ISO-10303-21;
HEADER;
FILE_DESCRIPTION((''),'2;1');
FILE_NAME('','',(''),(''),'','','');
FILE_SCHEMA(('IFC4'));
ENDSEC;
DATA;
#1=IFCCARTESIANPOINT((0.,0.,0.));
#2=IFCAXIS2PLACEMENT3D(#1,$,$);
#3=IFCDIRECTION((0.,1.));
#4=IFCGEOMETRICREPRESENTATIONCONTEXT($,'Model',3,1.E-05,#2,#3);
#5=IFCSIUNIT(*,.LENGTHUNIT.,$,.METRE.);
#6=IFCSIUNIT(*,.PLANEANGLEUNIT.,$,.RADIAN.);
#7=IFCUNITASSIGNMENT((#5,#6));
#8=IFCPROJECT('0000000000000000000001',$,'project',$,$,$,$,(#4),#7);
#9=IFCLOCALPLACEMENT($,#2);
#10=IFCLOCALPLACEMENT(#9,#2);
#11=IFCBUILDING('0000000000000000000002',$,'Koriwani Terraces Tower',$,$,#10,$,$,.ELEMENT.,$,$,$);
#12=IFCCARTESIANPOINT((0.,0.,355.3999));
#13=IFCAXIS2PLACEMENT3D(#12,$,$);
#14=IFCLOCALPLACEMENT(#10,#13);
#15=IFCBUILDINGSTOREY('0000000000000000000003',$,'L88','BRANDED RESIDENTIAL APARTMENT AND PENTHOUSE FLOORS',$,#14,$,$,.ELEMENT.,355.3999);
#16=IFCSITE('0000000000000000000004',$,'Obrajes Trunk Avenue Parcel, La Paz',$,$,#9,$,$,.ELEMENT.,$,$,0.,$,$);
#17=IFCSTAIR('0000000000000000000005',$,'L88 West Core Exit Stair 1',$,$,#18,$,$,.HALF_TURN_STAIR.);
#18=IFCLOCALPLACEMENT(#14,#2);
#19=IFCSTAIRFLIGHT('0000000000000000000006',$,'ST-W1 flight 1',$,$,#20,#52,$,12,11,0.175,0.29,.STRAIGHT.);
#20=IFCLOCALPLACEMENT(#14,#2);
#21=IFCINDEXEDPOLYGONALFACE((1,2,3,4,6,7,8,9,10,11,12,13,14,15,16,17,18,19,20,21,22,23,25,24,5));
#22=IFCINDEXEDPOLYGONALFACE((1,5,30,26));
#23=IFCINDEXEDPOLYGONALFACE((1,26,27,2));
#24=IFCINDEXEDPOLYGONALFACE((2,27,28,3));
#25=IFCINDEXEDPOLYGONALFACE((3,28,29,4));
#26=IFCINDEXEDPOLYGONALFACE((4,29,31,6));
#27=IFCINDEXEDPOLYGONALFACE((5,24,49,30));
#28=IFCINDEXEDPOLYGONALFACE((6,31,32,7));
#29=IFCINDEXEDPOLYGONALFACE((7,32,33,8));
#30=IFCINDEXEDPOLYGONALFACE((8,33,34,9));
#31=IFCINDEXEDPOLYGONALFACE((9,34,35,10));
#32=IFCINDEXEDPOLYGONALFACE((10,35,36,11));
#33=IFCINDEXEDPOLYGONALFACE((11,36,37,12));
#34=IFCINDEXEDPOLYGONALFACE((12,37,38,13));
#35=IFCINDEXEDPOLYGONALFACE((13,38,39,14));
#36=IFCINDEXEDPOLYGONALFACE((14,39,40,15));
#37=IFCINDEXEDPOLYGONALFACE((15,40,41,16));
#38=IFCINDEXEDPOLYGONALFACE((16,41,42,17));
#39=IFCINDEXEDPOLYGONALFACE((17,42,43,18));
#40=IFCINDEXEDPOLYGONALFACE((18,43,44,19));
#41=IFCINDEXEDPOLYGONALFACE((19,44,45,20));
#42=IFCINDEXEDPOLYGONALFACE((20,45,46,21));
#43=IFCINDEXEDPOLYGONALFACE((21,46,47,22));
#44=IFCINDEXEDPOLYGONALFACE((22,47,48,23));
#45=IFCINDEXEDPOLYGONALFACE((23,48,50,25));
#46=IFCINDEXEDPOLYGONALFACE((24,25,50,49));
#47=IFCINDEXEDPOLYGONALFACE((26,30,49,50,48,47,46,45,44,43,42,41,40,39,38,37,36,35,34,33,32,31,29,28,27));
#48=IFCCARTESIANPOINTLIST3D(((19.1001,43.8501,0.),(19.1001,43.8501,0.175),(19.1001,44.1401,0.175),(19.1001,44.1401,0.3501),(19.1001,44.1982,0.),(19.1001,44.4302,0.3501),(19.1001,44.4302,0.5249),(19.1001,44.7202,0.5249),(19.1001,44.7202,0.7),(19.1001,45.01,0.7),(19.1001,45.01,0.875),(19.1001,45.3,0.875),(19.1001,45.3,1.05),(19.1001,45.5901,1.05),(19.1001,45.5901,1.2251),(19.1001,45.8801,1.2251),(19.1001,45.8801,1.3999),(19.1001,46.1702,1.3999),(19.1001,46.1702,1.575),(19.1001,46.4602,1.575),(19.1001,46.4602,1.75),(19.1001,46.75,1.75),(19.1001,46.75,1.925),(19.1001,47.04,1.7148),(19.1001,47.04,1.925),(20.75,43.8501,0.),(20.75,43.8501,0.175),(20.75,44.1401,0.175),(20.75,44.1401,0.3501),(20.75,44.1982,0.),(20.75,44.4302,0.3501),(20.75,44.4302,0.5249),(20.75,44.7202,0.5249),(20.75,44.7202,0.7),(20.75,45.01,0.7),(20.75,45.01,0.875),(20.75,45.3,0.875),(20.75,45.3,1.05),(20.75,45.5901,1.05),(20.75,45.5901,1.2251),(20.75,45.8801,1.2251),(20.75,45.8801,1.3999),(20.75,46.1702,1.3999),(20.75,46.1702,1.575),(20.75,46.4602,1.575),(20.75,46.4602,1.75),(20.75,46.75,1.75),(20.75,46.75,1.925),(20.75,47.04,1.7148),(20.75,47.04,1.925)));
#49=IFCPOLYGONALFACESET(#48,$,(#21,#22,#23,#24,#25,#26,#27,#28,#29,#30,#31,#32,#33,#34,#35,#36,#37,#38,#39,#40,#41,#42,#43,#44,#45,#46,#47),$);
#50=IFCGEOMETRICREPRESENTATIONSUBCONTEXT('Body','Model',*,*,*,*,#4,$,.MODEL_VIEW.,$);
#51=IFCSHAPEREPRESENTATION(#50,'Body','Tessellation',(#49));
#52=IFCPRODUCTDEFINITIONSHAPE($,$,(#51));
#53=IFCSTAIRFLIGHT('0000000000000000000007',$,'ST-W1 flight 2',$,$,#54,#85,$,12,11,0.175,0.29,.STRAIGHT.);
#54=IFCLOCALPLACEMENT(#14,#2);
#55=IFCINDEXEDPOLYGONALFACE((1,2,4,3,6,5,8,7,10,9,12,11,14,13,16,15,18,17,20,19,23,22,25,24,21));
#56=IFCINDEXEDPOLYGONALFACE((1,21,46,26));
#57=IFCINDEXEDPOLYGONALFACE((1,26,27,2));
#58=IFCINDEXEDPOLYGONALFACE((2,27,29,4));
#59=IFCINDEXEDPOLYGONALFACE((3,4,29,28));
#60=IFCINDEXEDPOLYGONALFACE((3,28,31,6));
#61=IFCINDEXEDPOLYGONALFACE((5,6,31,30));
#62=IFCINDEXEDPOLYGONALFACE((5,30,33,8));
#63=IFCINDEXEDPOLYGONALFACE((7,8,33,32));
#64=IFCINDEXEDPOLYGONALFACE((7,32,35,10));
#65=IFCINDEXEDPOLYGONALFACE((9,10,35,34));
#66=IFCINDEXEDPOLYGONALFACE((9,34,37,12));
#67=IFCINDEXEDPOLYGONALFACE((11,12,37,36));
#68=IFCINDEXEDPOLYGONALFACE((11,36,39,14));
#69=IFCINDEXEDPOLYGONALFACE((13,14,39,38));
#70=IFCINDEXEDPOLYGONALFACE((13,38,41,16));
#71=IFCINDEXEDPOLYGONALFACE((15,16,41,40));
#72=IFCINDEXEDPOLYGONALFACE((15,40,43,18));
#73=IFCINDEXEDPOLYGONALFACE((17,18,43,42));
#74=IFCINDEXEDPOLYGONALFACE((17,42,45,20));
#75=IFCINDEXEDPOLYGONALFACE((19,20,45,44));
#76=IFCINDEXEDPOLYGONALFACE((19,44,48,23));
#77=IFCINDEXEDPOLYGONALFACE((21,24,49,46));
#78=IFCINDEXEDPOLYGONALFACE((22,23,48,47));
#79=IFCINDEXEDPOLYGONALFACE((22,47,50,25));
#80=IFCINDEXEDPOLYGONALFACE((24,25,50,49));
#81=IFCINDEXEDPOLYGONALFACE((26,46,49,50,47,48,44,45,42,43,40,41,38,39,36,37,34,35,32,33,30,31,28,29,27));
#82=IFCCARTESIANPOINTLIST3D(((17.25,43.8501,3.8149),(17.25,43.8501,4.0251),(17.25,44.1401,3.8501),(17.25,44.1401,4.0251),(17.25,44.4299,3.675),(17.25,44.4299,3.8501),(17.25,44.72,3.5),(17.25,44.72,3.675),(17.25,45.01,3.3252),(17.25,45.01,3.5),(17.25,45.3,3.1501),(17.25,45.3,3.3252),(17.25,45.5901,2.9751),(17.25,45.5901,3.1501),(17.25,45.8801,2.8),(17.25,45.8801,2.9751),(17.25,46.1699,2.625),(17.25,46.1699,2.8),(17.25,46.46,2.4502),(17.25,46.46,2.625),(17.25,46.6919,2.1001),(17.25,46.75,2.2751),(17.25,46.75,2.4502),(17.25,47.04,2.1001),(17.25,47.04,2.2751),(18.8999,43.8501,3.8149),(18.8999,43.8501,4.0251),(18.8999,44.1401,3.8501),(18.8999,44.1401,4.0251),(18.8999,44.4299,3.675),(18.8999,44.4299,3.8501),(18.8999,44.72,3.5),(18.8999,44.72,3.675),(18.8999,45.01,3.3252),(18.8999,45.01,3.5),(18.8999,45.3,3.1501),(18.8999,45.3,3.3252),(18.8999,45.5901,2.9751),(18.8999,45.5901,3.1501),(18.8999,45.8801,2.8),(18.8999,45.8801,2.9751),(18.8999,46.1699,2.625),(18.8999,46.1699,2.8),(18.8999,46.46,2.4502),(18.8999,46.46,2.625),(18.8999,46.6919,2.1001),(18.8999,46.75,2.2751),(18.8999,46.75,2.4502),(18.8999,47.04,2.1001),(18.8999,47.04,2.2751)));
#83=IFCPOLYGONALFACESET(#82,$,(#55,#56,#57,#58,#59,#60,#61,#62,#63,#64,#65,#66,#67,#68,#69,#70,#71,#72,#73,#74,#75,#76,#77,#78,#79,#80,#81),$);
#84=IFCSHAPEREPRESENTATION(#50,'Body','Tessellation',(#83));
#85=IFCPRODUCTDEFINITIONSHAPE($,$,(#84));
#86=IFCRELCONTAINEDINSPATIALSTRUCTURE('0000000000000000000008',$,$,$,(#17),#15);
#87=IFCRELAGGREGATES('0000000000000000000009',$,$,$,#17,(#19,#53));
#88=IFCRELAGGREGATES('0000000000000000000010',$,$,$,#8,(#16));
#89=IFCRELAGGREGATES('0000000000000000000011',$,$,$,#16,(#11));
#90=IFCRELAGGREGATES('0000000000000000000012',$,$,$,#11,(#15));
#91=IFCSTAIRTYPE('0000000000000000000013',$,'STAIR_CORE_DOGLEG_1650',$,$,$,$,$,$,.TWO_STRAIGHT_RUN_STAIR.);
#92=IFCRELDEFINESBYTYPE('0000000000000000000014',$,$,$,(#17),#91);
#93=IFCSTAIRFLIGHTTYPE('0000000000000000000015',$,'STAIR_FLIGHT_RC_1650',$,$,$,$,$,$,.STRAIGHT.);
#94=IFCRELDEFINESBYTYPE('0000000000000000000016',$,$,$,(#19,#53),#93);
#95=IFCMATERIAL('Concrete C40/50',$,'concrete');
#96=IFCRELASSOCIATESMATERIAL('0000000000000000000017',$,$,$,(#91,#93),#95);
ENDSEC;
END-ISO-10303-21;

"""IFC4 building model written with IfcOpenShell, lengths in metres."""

from ifc_helpers import new_model, si_unit, direction, frame, origin, place, context, subcontext, project, spatial, polyline, outline, extrude, material, type_object, element, aggregate, save


model = new_model("IFC4")

# Units and contexts
model_context = context("Model", 3, precision=1e-05, world=origin(), true_north=direction((0.0, 1.0)))
body_context = subcontext(model_context, "Body", "Model", "MODEL_VIEW")
ifc_project = project(units=[si_unit("LENGTHUNIT", "METRE"), si_unit("PLANEANGLEUNIT", "RADIAN")], contexts=[model_context])

# Site, building, storey
site_placement = place(None, origin())
site = spatial("IfcSite", under=ifc_project, at=site_placement, Name="Obrajes Trunk Avenue Parcel, La Paz", CompositionType="ELEMENT", RefElevation=0.0)
building_placement = place(site_placement, origin())
building = spatial("IfcBuilding", under=site, at=building_placement, Name="Koriwani Terraces Tower", CompositionType="ELEMENT")
storey_placement = place(building_placement, frame((0.0, 0.0, 355.3999)))
storey = spatial("IfcBuildingStorey", under=building, at=storey_placement, Name="L88", Description="BRANDED RESIDENTIAL APARTMENT AND PENTHOUSE FLOORS", CompositionType="ELEMENT", Elevation=355.3999)

# Shared definitions
ifc_material_1 = material(Name="Concrete C40/50", Category="concrete")

# Stair, stair flights
stair_type = type_object("IfcStairType", Name="STAIR_CORE_DOGLEG_1650", PredefinedType="TWO_STRAIGHT_RUN_STAIR", material=ifc_material_1)
stair_placement = place(storey_placement, origin())
stair = element("IfcStair", 1, at=stair_placement, inside=storey, type_object=stair_type, Name="L88 West Core Exit Stair 1", PredefinedType="HALF_TURN_STAIR")
stair_flight_type = type_object("IfcStairFlightType", Name="STAIR_FLIGHT_RC_1650", PredefinedType="STRAIGHT", material=ifc_material_1)
stair_flight_1_placement = place(storey_placement, frame((19.925, 43.8501, 0.0), z_axis=(0.0, 0.0, 1.0), x_axis=(0.0, 1.0, 0.0)))
stair_flight_1 = element("IfcStairFlight", 2, at=stair_flight_1_placement, type_object=stair_flight_type, Name="ST-W1 flight 1", NumberOfRisers=12, NumberOfTreads=11, PredefinedType="STRAIGHT", RiserHeight=0.175, TreadLength=0.29, context=body_context, shape_type="SweptSolid", body=[
    extrude(outline(polyline([(0.0, 0.0), (0.0, 0.175), (0.29, 0.175), (0.29, 0.3501), (0.5801, 0.3501), (0.5801, 0.5249), (0.8701, 0.5249), (0.8701, 0.7), (1.1599, 0.7), (1.1599, 0.875), (1.45, 0.875), (1.45, 1.05), (1.74, 1.05), (1.74, 1.2251), (2.03, 1.2251), (2.03, 1.3999), (2.3201, 1.3999), (2.3201, 1.575), (2.6101, 1.575), (2.6101, 1.75), (2.8999, 1.75), (2.8999, 1.925), (3.1899, 1.925), (3.1899, 2.1001), (3.1899, 1.7148), (0.3481, 0.0), (0.0, 0.0)])), frame((0.0, 0.825, 0.0), z_axis=(0.0, -1.0, 0.0), x_axis=(1.0, 0.0, 0.0)), (0.0, 0.0, 1.0), 1.6499),
])
stair_flight_2_placement = place(storey_placement, frame((18.075, 47.04, 2.1001), z_axis=(0.0, 0.0, 1.0), x_axis=(0.0, -1.0, 0.0)))
stair_flight_2 = element("IfcStairFlight", 3, at=stair_flight_2_placement, type_object=stair_flight_type, Name="ST-W1 flight 2", NumberOfRisers=12, NumberOfTreads=11, PredefinedType="STRAIGHT", RiserHeight=0.175, TreadLength=0.29, context=body_context, shape_type="SweptSolid", body=[
    extrude(outline(polyline([(0.0, 0.0), (0.0, 0.175), (0.29, 0.175), (0.29, 0.3501), (0.5801, 0.3501), (0.5801, 0.5249), (0.8701, 0.5249), (0.8701, 0.7), (1.1599, 0.7), (1.1599, 0.875), (1.45, 0.875), (1.45, 1.05), (1.74, 1.05), (1.74, 1.2251), (2.03, 1.2251), (2.03, 1.3999), (2.3201, 1.3999), (2.3201, 1.575), (2.6101, 1.575), (2.6101, 1.75), (2.8999, 1.75), (2.8999, 1.925), (3.1899, 1.925), (3.1899, 2.1001), (3.1899, 1.7148), (0.3481, 0.0), (0.0, 0.0)])), frame((0.0, 0.825, 0.0), z_axis=(0.0, -1.0, 0.0), x_axis=(1.0, 0.0, 0.0)), (0.0, 0.0, 1.0), 1.6499),
])
aggregate(stair, [stair_flight_1, stair_flight_2])

save(model, "model.ifc")
